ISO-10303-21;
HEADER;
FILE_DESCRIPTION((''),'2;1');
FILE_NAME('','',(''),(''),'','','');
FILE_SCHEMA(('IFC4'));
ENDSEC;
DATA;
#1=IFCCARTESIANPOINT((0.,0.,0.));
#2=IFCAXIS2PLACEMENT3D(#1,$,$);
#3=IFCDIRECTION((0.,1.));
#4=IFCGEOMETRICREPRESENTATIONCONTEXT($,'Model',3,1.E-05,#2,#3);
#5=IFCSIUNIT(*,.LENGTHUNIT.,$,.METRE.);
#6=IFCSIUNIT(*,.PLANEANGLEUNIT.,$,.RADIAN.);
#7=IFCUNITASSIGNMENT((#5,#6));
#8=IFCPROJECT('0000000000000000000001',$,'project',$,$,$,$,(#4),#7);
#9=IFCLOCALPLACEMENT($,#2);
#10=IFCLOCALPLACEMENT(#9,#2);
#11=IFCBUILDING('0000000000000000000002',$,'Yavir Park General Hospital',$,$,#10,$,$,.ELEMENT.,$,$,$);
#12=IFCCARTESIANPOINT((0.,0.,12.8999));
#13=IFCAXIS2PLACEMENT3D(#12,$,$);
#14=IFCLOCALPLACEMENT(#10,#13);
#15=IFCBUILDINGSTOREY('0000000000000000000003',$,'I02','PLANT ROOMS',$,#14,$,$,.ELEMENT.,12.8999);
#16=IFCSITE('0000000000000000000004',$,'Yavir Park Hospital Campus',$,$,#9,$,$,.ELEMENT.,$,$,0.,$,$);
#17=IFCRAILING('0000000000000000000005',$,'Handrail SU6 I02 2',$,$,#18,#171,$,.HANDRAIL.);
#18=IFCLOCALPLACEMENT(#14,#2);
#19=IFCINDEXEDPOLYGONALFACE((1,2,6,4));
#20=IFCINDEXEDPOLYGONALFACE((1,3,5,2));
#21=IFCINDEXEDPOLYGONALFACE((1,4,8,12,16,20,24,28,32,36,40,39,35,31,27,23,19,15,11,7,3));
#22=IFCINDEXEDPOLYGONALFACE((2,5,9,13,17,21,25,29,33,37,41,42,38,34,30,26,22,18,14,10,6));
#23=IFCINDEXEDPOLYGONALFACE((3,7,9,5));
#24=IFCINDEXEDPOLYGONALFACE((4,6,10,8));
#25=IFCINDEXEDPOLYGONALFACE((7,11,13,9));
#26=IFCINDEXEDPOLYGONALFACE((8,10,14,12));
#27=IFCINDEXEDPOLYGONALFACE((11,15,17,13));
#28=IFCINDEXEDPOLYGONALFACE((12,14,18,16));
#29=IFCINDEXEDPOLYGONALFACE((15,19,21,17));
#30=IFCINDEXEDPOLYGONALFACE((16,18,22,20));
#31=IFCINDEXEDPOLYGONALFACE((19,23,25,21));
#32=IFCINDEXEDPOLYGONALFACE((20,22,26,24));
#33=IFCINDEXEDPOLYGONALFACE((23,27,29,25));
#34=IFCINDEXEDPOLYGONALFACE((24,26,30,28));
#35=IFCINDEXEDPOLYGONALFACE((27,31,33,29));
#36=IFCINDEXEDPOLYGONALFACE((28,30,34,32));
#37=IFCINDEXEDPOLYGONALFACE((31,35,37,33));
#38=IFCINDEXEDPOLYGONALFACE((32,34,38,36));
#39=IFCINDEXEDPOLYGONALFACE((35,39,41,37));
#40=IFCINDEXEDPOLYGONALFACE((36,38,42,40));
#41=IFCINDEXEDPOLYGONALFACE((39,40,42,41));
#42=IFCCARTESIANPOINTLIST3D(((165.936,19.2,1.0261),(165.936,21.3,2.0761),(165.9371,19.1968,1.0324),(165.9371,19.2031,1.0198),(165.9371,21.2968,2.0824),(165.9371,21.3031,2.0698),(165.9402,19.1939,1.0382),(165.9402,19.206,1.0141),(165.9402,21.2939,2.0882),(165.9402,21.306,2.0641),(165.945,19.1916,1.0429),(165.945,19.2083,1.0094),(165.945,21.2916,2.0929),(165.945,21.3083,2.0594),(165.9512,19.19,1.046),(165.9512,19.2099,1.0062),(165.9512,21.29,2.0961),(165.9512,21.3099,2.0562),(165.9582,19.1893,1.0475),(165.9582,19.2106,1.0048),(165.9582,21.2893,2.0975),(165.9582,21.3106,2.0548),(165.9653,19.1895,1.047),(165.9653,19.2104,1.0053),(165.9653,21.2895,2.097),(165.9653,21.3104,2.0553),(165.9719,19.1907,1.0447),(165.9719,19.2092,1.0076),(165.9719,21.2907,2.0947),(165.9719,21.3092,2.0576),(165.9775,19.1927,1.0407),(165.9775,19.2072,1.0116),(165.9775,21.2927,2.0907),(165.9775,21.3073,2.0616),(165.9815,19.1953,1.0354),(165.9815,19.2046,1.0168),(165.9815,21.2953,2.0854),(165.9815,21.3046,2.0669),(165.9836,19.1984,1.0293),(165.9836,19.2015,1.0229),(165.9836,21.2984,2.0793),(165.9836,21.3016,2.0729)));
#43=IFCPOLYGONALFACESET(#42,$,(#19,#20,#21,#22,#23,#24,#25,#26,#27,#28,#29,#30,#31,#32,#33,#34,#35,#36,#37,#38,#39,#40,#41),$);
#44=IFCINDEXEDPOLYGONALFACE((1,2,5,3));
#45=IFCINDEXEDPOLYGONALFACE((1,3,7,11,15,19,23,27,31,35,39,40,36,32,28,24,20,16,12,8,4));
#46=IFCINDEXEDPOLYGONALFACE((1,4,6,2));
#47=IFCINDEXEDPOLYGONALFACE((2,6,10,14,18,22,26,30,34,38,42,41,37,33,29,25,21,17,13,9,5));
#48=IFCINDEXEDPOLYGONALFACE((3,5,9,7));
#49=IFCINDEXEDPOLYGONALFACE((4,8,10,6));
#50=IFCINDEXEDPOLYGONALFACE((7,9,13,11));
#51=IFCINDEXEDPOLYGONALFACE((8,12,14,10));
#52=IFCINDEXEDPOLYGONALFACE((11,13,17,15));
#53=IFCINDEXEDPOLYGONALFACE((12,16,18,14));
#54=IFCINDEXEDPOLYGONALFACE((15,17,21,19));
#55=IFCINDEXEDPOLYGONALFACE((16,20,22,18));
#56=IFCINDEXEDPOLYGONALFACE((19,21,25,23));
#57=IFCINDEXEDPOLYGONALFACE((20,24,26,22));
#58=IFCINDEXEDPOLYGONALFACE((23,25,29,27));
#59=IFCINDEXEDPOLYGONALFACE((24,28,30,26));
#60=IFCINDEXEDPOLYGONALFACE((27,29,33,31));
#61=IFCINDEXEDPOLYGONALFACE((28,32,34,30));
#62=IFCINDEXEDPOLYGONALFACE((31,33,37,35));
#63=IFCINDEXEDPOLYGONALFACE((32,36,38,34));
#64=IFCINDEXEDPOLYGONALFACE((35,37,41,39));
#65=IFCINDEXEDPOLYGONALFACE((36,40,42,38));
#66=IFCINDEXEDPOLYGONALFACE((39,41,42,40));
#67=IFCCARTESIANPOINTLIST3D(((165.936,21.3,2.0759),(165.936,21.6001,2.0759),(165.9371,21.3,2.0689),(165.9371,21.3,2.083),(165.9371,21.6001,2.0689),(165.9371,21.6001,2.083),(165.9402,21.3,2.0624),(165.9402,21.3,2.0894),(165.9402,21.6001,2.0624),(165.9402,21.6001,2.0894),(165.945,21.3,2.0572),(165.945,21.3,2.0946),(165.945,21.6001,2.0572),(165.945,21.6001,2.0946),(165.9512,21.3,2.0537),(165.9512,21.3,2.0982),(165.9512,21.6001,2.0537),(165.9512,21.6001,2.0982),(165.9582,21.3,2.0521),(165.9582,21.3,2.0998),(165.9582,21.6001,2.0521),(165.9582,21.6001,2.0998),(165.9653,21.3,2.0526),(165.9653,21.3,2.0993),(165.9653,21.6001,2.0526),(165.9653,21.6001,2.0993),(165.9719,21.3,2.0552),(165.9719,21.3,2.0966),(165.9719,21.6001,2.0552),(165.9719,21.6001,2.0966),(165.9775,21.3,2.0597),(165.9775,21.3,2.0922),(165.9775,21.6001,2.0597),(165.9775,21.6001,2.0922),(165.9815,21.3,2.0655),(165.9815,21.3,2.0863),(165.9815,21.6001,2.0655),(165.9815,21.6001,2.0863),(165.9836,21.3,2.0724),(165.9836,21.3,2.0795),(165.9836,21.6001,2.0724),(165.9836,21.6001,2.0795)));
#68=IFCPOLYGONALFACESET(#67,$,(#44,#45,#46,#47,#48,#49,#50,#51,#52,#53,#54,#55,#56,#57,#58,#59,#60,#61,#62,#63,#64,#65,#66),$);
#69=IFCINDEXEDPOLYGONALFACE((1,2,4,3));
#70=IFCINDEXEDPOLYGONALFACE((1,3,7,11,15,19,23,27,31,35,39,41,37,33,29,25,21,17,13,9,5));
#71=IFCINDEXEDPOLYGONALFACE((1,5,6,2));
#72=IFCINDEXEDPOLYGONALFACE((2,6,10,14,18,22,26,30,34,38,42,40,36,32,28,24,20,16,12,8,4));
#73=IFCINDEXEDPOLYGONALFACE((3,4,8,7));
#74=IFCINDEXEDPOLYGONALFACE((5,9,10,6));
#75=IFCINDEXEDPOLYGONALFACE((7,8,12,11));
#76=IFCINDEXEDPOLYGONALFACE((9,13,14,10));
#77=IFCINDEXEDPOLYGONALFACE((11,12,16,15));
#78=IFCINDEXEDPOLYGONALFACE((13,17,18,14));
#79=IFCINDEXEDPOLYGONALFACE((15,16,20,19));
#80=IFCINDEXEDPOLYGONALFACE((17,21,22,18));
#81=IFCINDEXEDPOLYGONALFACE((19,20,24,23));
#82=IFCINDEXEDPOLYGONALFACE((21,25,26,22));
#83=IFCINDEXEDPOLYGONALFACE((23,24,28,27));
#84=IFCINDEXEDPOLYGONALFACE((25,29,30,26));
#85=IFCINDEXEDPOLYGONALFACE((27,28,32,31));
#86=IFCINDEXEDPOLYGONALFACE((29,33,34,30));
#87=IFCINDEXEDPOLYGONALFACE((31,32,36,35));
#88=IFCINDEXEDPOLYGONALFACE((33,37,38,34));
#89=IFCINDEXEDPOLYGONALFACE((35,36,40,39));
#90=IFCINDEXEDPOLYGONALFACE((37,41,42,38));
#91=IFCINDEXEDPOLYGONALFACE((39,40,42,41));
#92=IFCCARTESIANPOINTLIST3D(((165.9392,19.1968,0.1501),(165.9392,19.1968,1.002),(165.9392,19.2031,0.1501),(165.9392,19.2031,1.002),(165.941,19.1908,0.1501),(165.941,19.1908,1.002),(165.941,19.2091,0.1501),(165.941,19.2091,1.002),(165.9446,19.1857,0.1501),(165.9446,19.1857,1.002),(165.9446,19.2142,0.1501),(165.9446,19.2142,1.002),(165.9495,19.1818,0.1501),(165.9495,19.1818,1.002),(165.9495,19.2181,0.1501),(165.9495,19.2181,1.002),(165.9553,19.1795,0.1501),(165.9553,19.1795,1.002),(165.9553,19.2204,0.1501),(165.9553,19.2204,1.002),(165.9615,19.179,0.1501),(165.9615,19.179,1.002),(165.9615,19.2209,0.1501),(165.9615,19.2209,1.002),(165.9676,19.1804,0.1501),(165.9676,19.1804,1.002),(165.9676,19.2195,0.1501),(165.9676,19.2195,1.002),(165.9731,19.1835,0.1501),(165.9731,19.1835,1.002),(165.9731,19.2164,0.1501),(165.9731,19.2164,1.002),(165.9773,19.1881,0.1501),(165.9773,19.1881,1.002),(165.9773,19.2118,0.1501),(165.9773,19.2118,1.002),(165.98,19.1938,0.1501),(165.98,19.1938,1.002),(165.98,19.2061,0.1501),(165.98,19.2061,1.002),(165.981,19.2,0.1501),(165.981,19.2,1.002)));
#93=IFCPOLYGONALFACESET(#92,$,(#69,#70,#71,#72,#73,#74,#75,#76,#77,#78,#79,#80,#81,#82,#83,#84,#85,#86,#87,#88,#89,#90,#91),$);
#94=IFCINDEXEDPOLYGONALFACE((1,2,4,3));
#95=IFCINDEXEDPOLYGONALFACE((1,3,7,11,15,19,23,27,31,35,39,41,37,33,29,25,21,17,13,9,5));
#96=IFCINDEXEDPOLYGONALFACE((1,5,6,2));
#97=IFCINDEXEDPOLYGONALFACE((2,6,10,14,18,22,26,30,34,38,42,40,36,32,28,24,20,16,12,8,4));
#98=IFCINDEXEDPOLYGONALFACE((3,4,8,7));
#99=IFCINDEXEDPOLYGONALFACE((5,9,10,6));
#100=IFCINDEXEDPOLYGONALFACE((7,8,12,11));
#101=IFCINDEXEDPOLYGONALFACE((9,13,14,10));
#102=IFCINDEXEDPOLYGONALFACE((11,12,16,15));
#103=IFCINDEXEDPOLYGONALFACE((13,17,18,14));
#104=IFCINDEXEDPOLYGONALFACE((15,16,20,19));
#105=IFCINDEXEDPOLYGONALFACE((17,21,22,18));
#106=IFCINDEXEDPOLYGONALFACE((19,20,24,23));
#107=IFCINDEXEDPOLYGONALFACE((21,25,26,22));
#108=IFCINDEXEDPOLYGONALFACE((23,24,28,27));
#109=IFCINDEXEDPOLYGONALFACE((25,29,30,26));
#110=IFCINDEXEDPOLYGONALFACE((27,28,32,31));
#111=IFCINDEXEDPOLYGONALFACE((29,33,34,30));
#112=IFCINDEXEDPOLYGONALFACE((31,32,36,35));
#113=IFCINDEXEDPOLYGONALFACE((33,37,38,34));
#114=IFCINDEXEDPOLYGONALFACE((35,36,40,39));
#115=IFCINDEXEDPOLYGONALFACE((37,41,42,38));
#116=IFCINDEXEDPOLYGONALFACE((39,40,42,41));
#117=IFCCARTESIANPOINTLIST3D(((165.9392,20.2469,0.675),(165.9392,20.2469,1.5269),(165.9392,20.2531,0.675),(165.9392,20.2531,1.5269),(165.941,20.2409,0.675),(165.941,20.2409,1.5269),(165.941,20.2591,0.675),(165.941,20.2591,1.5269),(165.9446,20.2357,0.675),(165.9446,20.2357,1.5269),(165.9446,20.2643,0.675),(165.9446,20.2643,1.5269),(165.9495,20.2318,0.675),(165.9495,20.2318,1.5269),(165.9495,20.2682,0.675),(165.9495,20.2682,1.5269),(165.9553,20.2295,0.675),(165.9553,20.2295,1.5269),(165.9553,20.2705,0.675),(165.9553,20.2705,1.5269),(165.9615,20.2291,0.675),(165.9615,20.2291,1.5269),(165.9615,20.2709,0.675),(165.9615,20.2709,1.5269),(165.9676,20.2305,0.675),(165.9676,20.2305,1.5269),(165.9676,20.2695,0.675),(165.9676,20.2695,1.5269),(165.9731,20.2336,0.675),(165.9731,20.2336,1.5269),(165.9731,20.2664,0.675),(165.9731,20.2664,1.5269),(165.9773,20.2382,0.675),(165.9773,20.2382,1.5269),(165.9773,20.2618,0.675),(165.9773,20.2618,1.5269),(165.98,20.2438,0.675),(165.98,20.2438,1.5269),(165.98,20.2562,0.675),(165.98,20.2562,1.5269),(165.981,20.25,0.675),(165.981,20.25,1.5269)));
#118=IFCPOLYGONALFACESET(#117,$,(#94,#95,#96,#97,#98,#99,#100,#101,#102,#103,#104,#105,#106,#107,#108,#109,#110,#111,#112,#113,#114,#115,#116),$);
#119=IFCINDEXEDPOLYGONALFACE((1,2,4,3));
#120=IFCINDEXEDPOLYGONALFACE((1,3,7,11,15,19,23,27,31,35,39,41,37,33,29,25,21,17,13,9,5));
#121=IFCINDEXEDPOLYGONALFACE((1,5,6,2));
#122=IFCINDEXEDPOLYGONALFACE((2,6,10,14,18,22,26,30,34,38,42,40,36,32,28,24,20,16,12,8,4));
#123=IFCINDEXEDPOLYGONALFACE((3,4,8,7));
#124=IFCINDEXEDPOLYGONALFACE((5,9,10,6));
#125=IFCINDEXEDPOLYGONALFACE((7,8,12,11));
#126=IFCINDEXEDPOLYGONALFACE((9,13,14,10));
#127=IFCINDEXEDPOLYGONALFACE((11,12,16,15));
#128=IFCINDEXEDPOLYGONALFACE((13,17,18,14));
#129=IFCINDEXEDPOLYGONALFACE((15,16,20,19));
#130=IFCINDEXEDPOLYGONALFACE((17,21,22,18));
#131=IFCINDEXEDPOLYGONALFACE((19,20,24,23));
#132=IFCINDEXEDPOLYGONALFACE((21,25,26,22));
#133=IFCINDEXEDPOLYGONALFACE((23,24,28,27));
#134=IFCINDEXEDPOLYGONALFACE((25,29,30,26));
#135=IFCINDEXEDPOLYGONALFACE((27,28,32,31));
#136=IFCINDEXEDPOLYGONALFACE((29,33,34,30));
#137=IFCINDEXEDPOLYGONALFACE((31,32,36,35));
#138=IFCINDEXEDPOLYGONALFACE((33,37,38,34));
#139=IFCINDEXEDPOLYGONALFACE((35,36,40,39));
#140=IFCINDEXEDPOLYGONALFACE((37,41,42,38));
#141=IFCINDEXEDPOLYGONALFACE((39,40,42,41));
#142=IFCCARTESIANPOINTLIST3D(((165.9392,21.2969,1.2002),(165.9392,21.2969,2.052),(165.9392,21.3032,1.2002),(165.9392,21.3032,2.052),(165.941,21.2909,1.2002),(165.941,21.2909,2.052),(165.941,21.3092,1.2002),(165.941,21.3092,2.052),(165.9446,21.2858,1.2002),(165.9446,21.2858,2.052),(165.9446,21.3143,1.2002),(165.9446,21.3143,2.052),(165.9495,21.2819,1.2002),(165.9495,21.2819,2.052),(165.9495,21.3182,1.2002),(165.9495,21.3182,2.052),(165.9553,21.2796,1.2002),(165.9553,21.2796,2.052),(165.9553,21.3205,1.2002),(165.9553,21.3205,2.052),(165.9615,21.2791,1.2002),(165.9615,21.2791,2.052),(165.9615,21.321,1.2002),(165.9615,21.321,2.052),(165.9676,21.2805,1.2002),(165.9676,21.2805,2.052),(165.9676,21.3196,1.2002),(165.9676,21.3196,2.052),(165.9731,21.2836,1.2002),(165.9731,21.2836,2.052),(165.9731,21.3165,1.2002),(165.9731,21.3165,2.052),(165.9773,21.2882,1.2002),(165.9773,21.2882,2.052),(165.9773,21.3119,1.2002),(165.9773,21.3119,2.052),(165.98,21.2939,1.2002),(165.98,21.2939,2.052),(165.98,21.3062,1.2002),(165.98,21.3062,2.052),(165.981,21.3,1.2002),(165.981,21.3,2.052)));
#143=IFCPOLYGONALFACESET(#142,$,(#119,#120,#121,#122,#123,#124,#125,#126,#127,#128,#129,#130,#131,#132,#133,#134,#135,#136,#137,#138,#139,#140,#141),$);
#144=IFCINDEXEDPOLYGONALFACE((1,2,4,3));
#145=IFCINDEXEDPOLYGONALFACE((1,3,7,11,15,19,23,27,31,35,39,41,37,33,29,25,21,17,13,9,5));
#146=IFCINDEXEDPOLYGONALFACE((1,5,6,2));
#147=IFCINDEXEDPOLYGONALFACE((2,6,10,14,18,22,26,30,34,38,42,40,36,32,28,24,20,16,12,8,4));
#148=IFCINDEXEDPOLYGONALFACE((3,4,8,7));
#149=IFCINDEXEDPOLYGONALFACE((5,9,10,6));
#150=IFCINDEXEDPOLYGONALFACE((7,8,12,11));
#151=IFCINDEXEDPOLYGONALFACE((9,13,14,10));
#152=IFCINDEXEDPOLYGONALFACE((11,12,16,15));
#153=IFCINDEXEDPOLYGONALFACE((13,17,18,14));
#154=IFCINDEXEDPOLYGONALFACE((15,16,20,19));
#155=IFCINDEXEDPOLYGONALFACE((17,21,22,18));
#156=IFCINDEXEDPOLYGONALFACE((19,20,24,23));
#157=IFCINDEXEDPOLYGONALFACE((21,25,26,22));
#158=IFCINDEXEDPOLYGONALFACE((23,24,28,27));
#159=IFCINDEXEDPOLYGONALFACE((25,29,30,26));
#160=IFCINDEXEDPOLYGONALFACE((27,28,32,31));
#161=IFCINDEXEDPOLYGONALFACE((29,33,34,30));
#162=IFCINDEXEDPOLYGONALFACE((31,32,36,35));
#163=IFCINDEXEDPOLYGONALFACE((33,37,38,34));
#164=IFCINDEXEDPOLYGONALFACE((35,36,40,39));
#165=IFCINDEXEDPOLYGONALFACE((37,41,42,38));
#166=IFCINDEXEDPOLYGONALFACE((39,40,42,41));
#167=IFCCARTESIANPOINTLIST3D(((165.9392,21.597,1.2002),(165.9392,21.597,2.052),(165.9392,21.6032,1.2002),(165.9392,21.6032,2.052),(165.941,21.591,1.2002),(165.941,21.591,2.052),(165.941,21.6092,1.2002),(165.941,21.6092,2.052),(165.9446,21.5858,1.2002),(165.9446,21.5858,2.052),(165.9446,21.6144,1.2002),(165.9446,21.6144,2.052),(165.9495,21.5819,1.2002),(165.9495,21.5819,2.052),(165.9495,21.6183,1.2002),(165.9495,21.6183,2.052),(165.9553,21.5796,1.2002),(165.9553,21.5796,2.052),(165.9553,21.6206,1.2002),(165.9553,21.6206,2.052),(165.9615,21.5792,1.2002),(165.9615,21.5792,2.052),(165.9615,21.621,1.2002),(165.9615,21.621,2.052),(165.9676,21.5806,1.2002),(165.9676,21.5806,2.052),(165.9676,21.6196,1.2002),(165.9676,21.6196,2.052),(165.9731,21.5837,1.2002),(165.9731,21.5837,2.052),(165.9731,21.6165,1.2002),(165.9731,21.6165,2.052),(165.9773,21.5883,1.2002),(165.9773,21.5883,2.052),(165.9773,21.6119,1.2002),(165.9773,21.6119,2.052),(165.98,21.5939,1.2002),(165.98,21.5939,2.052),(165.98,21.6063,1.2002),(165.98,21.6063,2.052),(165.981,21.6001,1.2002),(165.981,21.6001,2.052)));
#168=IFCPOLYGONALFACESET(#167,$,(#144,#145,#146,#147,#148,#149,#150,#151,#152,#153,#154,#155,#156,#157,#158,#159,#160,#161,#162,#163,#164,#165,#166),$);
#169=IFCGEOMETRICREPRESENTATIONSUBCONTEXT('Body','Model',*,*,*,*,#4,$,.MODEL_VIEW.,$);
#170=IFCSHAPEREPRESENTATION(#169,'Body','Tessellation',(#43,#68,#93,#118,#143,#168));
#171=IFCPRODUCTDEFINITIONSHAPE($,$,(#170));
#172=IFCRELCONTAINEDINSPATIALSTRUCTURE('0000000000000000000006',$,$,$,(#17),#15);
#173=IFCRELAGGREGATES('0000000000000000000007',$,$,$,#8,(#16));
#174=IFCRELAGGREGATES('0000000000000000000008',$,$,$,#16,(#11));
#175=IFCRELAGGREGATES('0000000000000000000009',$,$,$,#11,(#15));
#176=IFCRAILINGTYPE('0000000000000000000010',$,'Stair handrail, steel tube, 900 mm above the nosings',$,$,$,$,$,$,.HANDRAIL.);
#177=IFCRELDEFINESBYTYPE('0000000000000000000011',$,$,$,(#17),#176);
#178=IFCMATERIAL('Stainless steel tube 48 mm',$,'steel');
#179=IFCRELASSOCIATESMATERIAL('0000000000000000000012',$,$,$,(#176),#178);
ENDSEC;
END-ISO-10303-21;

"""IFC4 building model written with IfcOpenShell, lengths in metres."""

from ifc_helpers import new_model, si_unit, direction, frame, origin, origin_2d, place, context, subcontext, project, spatial, circle, extrude, material, type_object, element, save


model = new_model("IFC4")

# Units and contexts
model_context = context("Model", 3, precision=1e-05, world=origin(), true_north=direction((0.0, 1.0)))
body_context = subcontext(model_context, "Body", "Model", "MODEL_VIEW")
ifc_project = project(units=[si_unit("LENGTHUNIT", "METRE"), si_unit("PLANEANGLEUNIT", "RADIAN")], contexts=[model_context])

# Site, building, storey
site_placement = place(None, origin())
site = spatial("IfcSite", under=ifc_project, at=site_placement, Name="Yavir Park Hospital Campus", CompositionType="ELEMENT", RefElevation=0.0)
building_placement = place(site_placement, origin())
building = spatial("IfcBuilding", under=site, at=building_placement, Name="Yavir Park General Hospital", CompositionType="ELEMENT")
storey_placement = place(building_placement, frame((0.0, 0.0, 12.8999)))
storey = spatial("IfcBuildingStorey", under=building, at=storey_placement, Name="I02", Description="PLANT ROOMS", CompositionType="ELEMENT", Elevation=12.8999)

# Railing
ifc_material_1 = material(Name="Stainless steel tube 48 mm", Category="steel")
railing_type_1 = type_object("IfcRailingType", Name="Stair handrail, steel tube, 900 mm above the nosings", PredefinedType="HANDRAIL", material=ifc_material_1)
for number, where, name in (
    (1, (165.96, 19.2, 0.1501), "Handrail SU6 I02 2"),
):
    element("IfcRailing", number, at=place(storey_placement, frame(where)), inside=storey, type_object=railing_type_1, Name=name, PredefinedType="HANDRAIL", context=body_context, shape_type="SweptSolid", body=[
        extrude(circle(Radius=0.0239, at=origin_2d()), frame((0.0, 0.0, 0.876), z_axis=(0.0, 0.894427, 0.447214), x_axis=(-1.0, 0.0, 0.0)), (0.0, 0.0, 1.0), 2.3479),
        extrude(circle(Radius=0.0239, at=origin_2d()), frame((0.0, 2.1001, 1.9258), z_axis=(0.0, 1.0, 0.0), x_axis=(-1.0, 0.0, 0.0)), (0.0, 0.0, 1.0), 0.3),
        extrude(circle(Radius=0.021, at=origin_2d()), origin(), (0.0, 0.0, 1.0), 0.8518),
        extrude(circle(Radius=0.021, at=origin_2d()), frame((0.0, 1.05, 0.5249)), (0.0, 0.0, 1.0), 0.8518),
        extrude(circle(Radius=0.021, at=origin_2d()), frame((0.0, 2.1001, 1.05)), (0.0, 0.0, 1.0), 0.8518),
        extrude(circle(Radius=0.021, at=origin_2d()), frame((0.0, 2.4001, 1.05)), (0.0, 0.0, 1.0), 0.8518),
    ])

save(model, "model.ifc")
